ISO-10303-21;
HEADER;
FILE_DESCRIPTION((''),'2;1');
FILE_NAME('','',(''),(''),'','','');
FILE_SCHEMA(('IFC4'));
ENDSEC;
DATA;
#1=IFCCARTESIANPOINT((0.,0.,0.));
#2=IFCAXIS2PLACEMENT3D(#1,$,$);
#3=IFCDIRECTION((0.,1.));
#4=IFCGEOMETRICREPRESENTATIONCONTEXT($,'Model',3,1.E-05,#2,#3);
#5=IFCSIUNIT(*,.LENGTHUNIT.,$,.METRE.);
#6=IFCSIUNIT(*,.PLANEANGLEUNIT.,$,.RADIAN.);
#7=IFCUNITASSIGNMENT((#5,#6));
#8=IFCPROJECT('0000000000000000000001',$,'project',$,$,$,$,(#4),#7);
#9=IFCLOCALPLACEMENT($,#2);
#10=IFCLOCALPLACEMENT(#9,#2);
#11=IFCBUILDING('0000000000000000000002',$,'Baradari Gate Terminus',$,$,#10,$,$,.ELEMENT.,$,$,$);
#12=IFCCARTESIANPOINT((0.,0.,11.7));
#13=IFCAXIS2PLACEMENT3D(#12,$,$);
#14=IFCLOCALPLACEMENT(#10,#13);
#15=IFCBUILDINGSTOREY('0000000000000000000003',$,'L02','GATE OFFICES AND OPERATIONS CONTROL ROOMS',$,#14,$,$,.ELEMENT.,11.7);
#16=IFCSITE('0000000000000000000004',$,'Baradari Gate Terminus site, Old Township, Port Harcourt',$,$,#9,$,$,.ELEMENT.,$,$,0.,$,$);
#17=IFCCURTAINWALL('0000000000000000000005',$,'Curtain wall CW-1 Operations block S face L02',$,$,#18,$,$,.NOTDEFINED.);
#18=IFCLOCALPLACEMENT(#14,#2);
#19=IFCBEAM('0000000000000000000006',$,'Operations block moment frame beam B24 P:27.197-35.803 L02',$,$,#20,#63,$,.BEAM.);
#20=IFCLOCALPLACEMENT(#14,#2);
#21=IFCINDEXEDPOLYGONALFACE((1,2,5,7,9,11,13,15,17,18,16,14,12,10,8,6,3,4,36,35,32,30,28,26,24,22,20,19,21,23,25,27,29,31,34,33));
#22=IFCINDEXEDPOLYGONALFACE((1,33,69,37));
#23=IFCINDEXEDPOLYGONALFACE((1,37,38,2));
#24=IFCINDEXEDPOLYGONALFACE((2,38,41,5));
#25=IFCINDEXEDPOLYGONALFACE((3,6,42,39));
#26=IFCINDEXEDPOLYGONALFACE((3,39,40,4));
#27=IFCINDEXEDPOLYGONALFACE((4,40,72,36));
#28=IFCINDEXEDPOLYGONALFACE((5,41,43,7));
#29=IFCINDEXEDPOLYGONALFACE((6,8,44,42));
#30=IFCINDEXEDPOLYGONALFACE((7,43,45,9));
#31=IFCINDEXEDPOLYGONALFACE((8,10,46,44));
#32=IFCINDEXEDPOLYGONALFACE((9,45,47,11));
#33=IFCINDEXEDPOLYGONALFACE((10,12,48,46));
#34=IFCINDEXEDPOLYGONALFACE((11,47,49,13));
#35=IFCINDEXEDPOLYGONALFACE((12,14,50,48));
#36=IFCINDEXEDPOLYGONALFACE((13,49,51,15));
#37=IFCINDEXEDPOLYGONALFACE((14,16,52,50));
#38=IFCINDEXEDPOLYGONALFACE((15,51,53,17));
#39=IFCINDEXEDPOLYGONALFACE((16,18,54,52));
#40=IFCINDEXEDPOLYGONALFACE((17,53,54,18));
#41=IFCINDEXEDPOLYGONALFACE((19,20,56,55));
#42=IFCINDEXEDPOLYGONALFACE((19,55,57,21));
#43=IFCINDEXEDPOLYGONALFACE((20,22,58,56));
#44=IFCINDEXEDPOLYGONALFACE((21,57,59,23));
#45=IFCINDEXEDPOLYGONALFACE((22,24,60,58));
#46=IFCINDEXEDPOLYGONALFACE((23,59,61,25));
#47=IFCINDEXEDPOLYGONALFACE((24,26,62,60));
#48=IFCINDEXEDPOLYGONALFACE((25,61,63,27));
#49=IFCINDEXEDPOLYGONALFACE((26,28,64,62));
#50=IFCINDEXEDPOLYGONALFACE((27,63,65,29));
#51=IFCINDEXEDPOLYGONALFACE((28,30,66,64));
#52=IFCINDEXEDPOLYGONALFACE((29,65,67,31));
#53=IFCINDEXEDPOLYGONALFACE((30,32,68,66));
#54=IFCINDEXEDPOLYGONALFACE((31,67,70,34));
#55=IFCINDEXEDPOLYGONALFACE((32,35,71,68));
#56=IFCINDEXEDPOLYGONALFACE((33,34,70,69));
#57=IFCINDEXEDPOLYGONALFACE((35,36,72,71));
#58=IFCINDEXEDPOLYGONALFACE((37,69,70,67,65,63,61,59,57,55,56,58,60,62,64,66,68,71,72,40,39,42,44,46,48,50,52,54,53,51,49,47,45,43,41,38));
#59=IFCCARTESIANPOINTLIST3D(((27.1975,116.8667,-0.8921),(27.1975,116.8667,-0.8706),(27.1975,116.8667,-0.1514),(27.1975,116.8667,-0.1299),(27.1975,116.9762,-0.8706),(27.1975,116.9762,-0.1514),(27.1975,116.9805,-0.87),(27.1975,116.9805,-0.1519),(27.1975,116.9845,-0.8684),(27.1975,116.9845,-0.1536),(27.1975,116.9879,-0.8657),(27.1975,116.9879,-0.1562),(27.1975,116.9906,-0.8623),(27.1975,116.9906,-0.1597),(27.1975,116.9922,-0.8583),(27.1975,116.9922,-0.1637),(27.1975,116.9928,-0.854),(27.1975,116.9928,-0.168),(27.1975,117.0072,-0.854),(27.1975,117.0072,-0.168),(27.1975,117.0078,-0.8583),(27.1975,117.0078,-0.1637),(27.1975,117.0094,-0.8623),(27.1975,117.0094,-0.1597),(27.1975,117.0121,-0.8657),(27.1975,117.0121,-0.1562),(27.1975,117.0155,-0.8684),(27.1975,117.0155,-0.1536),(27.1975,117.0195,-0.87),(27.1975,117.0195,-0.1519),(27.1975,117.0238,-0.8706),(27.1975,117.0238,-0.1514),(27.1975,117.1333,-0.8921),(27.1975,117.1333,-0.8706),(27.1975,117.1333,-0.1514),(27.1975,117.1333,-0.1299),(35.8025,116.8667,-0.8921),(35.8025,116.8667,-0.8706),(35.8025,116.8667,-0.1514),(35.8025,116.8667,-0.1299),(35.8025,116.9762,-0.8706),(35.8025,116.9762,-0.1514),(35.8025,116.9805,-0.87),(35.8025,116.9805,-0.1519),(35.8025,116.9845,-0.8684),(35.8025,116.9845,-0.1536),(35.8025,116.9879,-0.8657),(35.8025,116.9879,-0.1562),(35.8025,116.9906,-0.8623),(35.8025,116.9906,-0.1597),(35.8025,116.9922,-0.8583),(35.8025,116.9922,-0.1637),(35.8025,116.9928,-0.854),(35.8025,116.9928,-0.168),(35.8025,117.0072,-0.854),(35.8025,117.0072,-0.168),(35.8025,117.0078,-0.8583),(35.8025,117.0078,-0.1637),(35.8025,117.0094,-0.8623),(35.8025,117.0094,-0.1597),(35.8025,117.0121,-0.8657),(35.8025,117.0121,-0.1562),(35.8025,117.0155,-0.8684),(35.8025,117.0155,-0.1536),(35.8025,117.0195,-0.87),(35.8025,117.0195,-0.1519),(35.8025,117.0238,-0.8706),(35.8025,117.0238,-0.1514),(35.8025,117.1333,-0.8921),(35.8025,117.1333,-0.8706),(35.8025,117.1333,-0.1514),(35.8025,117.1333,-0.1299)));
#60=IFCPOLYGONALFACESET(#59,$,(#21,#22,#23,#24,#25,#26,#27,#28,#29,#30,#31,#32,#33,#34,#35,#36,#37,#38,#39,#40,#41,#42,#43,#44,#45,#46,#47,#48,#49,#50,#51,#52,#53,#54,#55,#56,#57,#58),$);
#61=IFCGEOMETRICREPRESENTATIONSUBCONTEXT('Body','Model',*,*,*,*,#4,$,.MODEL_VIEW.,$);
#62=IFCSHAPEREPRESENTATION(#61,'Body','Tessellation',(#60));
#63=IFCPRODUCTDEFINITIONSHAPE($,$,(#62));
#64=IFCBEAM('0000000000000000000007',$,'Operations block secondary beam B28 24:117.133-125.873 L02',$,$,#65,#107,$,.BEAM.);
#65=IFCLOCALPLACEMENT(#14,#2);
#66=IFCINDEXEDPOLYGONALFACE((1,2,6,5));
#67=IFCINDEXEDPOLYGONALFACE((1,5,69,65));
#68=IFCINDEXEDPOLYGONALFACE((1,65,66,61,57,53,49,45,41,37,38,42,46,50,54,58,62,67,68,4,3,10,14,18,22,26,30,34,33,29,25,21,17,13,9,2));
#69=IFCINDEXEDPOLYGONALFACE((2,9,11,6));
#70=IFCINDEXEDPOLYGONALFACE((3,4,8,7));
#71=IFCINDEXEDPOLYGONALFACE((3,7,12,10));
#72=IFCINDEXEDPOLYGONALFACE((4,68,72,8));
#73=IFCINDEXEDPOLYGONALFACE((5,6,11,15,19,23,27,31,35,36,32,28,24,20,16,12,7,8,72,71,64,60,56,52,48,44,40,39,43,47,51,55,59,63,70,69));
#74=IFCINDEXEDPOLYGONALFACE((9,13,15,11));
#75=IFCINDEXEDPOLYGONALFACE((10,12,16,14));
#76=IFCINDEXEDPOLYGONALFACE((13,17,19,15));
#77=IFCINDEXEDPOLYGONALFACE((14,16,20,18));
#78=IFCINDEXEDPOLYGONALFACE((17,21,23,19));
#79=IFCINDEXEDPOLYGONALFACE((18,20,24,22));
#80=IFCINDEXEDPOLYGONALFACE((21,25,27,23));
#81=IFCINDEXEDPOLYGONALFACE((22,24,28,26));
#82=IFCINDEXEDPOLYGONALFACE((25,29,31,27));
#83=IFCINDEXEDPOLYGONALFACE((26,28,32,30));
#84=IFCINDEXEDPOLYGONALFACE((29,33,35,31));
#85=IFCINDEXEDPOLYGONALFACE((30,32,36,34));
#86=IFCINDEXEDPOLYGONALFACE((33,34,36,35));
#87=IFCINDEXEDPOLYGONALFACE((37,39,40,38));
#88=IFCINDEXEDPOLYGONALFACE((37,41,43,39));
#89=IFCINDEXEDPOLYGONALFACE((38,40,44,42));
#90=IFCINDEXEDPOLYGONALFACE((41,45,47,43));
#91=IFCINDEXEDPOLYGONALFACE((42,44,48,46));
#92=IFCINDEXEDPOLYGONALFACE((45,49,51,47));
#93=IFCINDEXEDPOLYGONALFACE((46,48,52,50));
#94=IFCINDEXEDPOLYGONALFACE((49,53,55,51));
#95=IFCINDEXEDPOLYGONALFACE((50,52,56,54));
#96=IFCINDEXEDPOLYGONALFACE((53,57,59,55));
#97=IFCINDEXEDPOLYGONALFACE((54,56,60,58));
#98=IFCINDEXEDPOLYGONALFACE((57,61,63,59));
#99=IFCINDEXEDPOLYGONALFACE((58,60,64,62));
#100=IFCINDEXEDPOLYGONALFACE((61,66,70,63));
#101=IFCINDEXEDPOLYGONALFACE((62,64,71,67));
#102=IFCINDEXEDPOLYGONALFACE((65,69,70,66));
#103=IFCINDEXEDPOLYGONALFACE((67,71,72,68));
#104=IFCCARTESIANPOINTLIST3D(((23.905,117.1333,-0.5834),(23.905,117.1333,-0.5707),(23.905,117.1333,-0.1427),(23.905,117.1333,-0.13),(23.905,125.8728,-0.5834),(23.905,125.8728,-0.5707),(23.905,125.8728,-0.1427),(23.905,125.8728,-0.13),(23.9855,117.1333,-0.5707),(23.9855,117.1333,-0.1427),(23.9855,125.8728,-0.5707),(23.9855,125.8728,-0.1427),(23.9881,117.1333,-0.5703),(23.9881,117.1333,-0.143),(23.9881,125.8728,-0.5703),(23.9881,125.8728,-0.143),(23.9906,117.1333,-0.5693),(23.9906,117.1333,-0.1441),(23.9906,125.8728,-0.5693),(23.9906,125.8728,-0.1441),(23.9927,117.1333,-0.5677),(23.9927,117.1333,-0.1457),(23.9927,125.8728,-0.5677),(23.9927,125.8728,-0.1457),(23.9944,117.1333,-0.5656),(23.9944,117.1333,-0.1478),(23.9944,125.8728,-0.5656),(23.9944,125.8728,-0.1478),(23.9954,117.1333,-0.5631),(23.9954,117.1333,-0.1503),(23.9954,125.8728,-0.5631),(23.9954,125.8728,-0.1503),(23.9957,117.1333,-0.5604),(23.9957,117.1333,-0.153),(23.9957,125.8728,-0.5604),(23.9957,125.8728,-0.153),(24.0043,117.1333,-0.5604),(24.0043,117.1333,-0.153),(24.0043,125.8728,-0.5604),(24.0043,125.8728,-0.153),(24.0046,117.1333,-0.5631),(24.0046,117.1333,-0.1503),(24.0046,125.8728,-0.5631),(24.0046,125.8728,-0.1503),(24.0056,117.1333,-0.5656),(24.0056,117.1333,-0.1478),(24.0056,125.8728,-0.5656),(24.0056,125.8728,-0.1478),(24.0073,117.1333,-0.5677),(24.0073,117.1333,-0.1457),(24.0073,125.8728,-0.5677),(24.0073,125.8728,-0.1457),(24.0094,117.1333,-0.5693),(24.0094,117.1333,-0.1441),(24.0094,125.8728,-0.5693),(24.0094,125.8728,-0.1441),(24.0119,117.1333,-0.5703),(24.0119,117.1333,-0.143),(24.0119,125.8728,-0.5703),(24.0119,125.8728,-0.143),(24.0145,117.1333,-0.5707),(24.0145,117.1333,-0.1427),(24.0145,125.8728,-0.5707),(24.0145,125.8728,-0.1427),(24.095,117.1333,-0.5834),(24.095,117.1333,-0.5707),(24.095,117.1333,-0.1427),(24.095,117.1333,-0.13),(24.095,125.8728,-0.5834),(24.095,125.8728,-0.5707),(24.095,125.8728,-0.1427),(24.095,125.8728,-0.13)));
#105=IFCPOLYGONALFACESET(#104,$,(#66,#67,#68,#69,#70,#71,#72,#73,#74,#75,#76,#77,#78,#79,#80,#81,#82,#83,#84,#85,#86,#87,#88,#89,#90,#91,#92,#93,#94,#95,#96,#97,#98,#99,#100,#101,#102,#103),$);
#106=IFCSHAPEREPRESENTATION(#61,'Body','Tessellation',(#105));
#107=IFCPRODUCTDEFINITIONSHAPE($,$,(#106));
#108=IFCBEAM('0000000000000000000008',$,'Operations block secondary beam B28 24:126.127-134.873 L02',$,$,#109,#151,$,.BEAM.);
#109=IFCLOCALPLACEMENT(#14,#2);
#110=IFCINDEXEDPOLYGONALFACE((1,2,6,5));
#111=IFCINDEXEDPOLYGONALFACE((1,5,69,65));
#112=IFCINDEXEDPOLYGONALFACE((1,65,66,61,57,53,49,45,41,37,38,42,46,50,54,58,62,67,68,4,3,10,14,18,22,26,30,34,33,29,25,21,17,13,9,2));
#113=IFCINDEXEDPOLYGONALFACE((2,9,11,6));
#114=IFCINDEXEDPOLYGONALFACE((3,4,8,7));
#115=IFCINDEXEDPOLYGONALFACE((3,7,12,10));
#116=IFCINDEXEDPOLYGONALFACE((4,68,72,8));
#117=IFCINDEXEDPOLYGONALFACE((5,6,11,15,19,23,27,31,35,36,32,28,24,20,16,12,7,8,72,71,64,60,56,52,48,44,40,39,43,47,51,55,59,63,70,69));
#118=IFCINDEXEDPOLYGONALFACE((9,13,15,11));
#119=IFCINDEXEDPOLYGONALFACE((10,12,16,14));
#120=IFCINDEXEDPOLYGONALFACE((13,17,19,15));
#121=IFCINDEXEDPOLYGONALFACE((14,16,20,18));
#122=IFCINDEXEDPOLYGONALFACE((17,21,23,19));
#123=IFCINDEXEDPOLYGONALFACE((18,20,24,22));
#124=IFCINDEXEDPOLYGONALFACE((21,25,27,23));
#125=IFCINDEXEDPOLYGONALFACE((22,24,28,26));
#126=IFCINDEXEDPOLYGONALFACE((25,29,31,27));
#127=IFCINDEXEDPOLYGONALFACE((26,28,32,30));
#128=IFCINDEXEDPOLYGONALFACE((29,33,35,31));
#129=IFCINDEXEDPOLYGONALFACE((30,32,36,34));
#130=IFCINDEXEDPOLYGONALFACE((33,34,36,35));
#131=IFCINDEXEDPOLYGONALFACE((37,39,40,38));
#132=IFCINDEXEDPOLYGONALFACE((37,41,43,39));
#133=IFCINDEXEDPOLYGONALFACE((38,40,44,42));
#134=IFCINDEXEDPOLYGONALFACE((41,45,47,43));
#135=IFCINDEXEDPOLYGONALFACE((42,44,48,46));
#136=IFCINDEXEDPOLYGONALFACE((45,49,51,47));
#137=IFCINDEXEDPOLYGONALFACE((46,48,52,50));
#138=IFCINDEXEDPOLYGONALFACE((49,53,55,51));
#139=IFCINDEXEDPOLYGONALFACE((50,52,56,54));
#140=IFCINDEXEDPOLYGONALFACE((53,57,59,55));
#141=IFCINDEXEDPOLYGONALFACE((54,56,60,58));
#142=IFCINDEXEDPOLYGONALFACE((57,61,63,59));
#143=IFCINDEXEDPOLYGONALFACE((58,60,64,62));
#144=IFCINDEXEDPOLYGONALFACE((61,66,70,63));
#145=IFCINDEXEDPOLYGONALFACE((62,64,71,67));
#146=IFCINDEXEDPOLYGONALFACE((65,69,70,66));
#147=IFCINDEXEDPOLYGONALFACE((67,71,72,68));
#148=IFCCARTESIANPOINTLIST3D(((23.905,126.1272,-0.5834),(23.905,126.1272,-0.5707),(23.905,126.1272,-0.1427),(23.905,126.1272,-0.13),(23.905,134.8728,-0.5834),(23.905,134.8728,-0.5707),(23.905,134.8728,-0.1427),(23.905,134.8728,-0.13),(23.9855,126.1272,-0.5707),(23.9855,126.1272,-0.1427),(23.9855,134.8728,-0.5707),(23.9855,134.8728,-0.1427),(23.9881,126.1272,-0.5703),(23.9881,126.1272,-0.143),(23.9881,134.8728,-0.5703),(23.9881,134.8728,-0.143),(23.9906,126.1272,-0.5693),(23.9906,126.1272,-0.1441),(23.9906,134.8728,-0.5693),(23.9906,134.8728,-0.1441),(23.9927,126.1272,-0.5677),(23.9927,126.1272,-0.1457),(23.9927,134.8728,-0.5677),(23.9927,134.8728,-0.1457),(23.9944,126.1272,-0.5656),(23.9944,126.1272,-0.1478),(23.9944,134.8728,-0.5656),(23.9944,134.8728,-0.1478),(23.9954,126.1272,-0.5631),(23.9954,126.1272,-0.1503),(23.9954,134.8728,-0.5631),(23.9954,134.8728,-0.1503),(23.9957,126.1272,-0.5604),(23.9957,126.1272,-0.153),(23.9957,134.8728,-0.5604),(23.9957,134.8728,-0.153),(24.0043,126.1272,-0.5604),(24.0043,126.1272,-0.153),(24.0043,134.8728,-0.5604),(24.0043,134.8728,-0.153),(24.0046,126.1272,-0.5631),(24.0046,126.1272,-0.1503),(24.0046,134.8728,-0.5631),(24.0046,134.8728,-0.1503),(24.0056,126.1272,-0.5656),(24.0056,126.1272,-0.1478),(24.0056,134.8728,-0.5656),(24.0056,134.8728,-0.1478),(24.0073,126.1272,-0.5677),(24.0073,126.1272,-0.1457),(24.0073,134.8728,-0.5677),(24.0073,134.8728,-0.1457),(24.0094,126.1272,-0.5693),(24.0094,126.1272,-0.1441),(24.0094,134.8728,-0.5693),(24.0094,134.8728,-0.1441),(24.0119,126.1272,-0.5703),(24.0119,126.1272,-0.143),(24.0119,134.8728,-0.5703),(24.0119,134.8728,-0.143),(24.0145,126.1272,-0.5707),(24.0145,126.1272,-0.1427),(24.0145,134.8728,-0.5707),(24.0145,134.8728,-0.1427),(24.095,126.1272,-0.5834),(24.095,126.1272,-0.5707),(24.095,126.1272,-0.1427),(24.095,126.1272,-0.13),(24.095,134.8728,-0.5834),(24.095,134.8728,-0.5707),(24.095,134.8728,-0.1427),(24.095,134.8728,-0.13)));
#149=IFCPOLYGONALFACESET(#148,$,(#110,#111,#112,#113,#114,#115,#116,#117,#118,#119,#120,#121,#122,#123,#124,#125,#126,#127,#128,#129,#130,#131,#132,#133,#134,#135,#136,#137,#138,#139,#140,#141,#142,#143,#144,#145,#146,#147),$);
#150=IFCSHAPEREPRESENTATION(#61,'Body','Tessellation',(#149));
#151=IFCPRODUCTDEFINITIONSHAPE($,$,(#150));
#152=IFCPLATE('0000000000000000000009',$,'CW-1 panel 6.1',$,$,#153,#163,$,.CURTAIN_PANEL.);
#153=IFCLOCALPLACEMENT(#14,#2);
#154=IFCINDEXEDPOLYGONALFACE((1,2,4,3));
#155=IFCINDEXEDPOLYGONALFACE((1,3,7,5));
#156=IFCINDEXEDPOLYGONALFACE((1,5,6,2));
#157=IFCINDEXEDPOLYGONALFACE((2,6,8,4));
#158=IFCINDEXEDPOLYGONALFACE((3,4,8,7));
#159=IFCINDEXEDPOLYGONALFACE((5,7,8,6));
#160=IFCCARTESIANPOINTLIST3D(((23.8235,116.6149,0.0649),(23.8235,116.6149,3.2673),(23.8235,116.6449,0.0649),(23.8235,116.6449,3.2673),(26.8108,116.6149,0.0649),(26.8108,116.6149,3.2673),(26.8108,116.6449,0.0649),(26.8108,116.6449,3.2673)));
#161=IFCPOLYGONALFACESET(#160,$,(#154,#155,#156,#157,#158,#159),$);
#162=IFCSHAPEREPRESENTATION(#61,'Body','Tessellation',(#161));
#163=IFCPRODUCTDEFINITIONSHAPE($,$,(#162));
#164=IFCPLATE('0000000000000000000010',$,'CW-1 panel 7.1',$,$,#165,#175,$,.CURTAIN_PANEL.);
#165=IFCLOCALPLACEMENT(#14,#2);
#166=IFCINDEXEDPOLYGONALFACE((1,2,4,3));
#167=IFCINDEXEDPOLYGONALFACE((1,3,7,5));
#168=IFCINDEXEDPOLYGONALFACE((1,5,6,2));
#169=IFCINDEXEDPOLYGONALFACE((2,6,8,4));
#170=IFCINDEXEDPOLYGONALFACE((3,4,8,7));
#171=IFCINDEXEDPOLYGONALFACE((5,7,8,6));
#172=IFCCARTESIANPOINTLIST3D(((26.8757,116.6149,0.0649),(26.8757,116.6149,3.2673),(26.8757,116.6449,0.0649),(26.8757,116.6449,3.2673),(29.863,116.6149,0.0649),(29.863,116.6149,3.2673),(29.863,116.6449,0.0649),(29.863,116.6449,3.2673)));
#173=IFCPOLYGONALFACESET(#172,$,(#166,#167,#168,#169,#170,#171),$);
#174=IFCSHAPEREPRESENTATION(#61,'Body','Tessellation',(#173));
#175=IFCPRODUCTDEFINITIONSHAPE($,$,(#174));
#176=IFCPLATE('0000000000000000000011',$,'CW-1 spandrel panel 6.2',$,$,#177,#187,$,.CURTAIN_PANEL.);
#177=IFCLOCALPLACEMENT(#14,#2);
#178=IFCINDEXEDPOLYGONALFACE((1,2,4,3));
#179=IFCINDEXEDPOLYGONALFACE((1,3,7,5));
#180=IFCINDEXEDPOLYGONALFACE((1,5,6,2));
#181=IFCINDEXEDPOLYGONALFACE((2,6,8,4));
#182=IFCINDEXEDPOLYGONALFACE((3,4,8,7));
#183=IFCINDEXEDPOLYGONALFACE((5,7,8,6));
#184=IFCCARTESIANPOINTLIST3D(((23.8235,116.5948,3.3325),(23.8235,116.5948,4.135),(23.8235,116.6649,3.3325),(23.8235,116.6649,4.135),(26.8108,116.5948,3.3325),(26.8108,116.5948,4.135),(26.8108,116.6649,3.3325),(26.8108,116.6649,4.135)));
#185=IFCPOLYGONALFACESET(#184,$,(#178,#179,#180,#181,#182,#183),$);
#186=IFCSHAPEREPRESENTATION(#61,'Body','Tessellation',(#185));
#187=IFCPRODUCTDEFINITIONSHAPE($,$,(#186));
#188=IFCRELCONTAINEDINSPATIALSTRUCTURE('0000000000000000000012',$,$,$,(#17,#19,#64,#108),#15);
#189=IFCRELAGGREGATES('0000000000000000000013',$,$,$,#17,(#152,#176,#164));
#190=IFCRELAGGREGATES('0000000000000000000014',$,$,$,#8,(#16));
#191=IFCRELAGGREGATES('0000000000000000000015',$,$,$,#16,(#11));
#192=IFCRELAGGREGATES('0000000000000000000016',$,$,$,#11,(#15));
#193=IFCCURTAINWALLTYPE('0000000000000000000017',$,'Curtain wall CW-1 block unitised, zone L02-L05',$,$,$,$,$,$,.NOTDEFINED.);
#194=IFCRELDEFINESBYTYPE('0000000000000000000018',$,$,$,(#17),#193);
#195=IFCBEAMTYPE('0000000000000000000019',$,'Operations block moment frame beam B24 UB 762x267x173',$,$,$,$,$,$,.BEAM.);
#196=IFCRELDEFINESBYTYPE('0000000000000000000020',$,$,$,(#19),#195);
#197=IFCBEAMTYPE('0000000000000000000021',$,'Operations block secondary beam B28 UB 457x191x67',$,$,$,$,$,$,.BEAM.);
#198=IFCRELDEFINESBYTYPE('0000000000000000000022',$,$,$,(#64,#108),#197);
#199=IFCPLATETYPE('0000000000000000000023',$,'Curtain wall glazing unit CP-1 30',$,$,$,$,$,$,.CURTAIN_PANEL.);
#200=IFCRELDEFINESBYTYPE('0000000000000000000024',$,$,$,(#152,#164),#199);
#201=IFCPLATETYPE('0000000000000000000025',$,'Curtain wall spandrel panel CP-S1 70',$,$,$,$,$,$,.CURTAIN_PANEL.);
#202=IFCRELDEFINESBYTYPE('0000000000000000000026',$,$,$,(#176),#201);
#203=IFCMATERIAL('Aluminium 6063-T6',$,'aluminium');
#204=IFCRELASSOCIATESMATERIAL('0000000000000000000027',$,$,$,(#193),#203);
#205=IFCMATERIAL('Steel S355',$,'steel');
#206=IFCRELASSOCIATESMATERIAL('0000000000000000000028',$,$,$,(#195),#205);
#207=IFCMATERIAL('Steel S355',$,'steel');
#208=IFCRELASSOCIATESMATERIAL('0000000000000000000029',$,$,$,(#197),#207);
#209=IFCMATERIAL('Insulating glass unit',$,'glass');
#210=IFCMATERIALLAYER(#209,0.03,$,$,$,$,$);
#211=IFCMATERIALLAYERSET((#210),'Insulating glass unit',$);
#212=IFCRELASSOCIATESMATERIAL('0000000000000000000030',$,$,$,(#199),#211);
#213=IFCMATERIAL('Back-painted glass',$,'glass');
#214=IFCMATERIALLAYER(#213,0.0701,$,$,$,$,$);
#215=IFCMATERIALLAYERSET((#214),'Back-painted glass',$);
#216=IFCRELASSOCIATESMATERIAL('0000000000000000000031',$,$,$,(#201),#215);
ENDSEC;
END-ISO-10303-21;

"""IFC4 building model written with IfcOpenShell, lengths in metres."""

from ifc_helpers import new_model, si_unit, direction, frame, origin, origin_2d, place, context, subcontext, project, spatial, rectangle, i_section, extrude, material, layer, layer_set, material_profile, profile_set, type_object, element, aggregate, save


model = new_model("IFC4")

# Units and contexts
model_context = context("Model", 3, precision=1e-05, world=origin(), true_north=direction((0.0, 1.0)))
body_context = subcontext(model_context, "Body", "Model", "MODEL_VIEW")
ifc_project = project(units=[si_unit("LENGTHUNIT", "METRE"), si_unit("PLANEANGLEUNIT", "RADIAN")], contexts=[model_context])

# Site, building, storey
site_placement = place(None, origin())
site = spatial("IfcSite", under=ifc_project, at=site_placement, Name="Baradari Gate Terminus site, Old Township, Port Harcourt", CompositionType="ELEMENT", RefElevation=0.0)
building_placement = place(site_placement, origin())
building = spatial("IfcBuilding", under=site, at=building_placement, Name="Baradari Gate Terminus", CompositionType="ELEMENT")
storey_placement = place(building_placement, frame((0.0, 0.0, 11.7)))
storey = spatial("IfcBuildingStorey", under=building, at=storey_placement, Name="L02", Description="GATE OFFICES AND OPERATIONS CONTROL ROOMS", CompositionType="ELEMENT", Elevation=11.7)

# Curtain wall
ifc_material_1 = material(Name="Aluminium 6063-T6", Category="aluminium")
curtain_wall_type = type_object("IfcCurtainWallType", Name="Curtain wall CW-1 block unitised, zone L02-L05", PredefinedType="NOTDEFINED", material=ifc_material_1)
curtain_wall_placement = place(storey_placement, origin())
curtain_wall = element("IfcCurtainWall", 1, at=curtain_wall_placement, inside=storey, type_object=curtain_wall_type, Name="Curtain wall CW-1 Operations block S face L02", PredefinedType="NOTDEFINED")

# Beams
ifc_material_2 = material(Name="Steel S355", Category="steel")
ifc_material_profile_1 = material_profile(ifc_material_2, i_section(OverallWidth=0.2666, OverallDepth=0.7622, WebThickness=0.0144, FlangeThickness=0.0215, FilletRadius=0.0166, at=origin_2d()), Name="UB 762x267x173")
ifc_profile_set_1 = profile_set([ifc_material_profile_1], Name="Steel S355")
beam_type_1 = type_object("IfcBeamType", Name="Operations block moment frame beam B24 UB 762x267x173", PredefinedType="BEAM", material=ifc_profile_set_1)
beam_1_placement = place(storey_placement, frame((27.1975, 117.0, -0.511), z_axis=(1.0, 0.0, 0.0), x_axis=(0.0, 1.0, 0.0)))
element("IfcBeam", 2, at=beam_1_placement, inside=storey, type_object=beam_type_1, Name="Operations block moment frame beam B24 P:27.197-35.803 L02", PredefinedType="BEAM", context=body_context, shape_type="SweptSolid", body=[
    extrude(i_section(OverallWidth=0.2666, OverallDepth=0.7622, WebThickness=0.0144, FlangeThickness=0.0215, FilletRadius=0.0166, at=origin_2d()), origin(), (0.0, 0.0, 1.0), 8.605),
])
ifc_material_3 = material(Name="Steel S355", Category="steel")
ifc_material_profile_2 = material_profile(ifc_material_3, i_section(OverallWidth=0.1899, OverallDepth=0.4534, WebThickness=0.0085, FlangeThickness=0.0127, FilletRadius=0.0103, at=origin_2d()), Name="UB 457x191x67")
ifc_profile_set_2 = profile_set([ifc_material_profile_2], Name="Steel S355")
beam_type_2 = type_object("IfcBeamType", Name="Operations block secondary beam B28 UB 457x191x67", PredefinedType="BEAM", material=ifc_profile_set_2)
beam_2_placement = place(storey_placement, frame((24.0, 117.1333, -0.3567), z_axis=(0.0, 1.0, 0.0), x_axis=(-1.0, 0.0, 0.0)))
element("IfcBeam", 3, at=beam_2_placement, inside=storey, type_object=beam_type_2, Name="Operations block secondary beam B28 24:117.133-125.873 L02", PredefinedType="BEAM", context=body_context, shape_type="SweptSolid", body=[
    extrude(i_section(OverallWidth=0.1899, OverallDepth=0.4534, WebThickness=0.0085, FlangeThickness=0.0127, FilletRadius=0.0103, at=origin_2d()), origin(), (0.0, 0.0, 1.0), 8.7395),
])
beam_3_placement = place(storey_placement, frame((24.0, 126.1272, -0.3567), z_axis=(0.0, 1.0, 0.0), x_axis=(-1.0, 0.0, 0.0)))
element("IfcBeam", 4, at=beam_3_placement, inside=storey, type_object=beam_type_2, Name="Operations block secondary beam B28 24:126.127-134.873 L02", PredefinedType="BEAM", context=body_context, shape_type="SweptSolid", body=[
    extrude(i_section(OverallWidth=0.1899, OverallDepth=0.4534, WebThickness=0.0085, FlangeThickness=0.0127, FilletRadius=0.0103, at=origin_2d()), origin(), (0.0, 0.0, 1.0), 8.7456),
])

# Plates
ifc_material_4 = material(Name="Insulating glass unit", Category="glass")
ifc_layer_1 = layer(ifc_material_4, 0.03)
ifc_layer_set_1 = layer_set([ifc_layer_1], Name="Insulating glass unit")
plate_type_1 = type_object("IfcPlateType", Name="Curtain wall glazing unit CP-1 30", PredefinedType="CURTAIN_PANEL", material=ifc_layer_set_1)
plate_1_placement = place(storey_placement, frame((25.3171, 116.6299, 0.0649), z_axis=(0.0, 0.0, 1.0), x_axis=(1.0, 0.0, 0.0)))
plate_1 = element("IfcPlate", 5, at=plate_1_placement, type_object=plate_type_1, Name="CW-1 panel 6.1", PredefinedType="CURTAIN_PANEL", context=body_context, shape_type="SweptSolid", body=[
    extrude(rectangle(XDim=2.9873, YDim=0.03, at=origin_2d()), origin(), (0.0, 0.0, 1.0), 3.2024),
])
plate_2_placement = place(storey_placement, frame((28.3694, 116.6299, 0.0649), z_axis=(0.0, 0.0, 1.0), x_axis=(1.0, 0.0, 0.0)))
plate_2 = element("IfcPlate", 6, at=plate_2_placement, type_object=plate_type_1, Name="CW-1 panel 7.1", PredefinedType="CURTAIN_PANEL", context=body_context, shape_type="SweptSolid", body=[
    extrude(rectangle(XDim=2.9873, YDim=0.03, at=origin_2d()), origin(), (0.0, 0.0, 1.0), 3.2024),
])
ifc_material_5 = material(Name="Back-painted glass", Category="glass")
ifc_layer_2 = layer(ifc_material_5, 0.0701)
ifc_layer_set_2 = layer_set([ifc_layer_2], Name="Back-painted glass")
plate_type_2 = type_object("IfcPlateType", Name="Curtain wall spandrel panel CP-S1 70", PredefinedType="CURTAIN_PANEL", material=ifc_layer_set_2)
plate_3_placement = place(storey_placement, frame((25.3171, 116.6299, 3.3325), z_axis=(0.0, 0.0, 1.0), x_axis=(1.0, 0.0, 0.0)))
plate_3 = element("IfcPlate", 7, at=plate_3_placement, type_object=plate_type_2, Name="CW-1 spandrel panel 6.2", PredefinedType="CURTAIN_PANEL", context=body_context, shape_type="SweptSolid", body=[
    extrude(rectangle(XDim=2.9873, YDim=0.0701, at=origin_2d()), origin(), (0.0, 0.0, 1.0), 0.8025),
])
aggregate(curtain_wall, [plate_1, plate_3, plate_2])

save(model, "model.ifc")
